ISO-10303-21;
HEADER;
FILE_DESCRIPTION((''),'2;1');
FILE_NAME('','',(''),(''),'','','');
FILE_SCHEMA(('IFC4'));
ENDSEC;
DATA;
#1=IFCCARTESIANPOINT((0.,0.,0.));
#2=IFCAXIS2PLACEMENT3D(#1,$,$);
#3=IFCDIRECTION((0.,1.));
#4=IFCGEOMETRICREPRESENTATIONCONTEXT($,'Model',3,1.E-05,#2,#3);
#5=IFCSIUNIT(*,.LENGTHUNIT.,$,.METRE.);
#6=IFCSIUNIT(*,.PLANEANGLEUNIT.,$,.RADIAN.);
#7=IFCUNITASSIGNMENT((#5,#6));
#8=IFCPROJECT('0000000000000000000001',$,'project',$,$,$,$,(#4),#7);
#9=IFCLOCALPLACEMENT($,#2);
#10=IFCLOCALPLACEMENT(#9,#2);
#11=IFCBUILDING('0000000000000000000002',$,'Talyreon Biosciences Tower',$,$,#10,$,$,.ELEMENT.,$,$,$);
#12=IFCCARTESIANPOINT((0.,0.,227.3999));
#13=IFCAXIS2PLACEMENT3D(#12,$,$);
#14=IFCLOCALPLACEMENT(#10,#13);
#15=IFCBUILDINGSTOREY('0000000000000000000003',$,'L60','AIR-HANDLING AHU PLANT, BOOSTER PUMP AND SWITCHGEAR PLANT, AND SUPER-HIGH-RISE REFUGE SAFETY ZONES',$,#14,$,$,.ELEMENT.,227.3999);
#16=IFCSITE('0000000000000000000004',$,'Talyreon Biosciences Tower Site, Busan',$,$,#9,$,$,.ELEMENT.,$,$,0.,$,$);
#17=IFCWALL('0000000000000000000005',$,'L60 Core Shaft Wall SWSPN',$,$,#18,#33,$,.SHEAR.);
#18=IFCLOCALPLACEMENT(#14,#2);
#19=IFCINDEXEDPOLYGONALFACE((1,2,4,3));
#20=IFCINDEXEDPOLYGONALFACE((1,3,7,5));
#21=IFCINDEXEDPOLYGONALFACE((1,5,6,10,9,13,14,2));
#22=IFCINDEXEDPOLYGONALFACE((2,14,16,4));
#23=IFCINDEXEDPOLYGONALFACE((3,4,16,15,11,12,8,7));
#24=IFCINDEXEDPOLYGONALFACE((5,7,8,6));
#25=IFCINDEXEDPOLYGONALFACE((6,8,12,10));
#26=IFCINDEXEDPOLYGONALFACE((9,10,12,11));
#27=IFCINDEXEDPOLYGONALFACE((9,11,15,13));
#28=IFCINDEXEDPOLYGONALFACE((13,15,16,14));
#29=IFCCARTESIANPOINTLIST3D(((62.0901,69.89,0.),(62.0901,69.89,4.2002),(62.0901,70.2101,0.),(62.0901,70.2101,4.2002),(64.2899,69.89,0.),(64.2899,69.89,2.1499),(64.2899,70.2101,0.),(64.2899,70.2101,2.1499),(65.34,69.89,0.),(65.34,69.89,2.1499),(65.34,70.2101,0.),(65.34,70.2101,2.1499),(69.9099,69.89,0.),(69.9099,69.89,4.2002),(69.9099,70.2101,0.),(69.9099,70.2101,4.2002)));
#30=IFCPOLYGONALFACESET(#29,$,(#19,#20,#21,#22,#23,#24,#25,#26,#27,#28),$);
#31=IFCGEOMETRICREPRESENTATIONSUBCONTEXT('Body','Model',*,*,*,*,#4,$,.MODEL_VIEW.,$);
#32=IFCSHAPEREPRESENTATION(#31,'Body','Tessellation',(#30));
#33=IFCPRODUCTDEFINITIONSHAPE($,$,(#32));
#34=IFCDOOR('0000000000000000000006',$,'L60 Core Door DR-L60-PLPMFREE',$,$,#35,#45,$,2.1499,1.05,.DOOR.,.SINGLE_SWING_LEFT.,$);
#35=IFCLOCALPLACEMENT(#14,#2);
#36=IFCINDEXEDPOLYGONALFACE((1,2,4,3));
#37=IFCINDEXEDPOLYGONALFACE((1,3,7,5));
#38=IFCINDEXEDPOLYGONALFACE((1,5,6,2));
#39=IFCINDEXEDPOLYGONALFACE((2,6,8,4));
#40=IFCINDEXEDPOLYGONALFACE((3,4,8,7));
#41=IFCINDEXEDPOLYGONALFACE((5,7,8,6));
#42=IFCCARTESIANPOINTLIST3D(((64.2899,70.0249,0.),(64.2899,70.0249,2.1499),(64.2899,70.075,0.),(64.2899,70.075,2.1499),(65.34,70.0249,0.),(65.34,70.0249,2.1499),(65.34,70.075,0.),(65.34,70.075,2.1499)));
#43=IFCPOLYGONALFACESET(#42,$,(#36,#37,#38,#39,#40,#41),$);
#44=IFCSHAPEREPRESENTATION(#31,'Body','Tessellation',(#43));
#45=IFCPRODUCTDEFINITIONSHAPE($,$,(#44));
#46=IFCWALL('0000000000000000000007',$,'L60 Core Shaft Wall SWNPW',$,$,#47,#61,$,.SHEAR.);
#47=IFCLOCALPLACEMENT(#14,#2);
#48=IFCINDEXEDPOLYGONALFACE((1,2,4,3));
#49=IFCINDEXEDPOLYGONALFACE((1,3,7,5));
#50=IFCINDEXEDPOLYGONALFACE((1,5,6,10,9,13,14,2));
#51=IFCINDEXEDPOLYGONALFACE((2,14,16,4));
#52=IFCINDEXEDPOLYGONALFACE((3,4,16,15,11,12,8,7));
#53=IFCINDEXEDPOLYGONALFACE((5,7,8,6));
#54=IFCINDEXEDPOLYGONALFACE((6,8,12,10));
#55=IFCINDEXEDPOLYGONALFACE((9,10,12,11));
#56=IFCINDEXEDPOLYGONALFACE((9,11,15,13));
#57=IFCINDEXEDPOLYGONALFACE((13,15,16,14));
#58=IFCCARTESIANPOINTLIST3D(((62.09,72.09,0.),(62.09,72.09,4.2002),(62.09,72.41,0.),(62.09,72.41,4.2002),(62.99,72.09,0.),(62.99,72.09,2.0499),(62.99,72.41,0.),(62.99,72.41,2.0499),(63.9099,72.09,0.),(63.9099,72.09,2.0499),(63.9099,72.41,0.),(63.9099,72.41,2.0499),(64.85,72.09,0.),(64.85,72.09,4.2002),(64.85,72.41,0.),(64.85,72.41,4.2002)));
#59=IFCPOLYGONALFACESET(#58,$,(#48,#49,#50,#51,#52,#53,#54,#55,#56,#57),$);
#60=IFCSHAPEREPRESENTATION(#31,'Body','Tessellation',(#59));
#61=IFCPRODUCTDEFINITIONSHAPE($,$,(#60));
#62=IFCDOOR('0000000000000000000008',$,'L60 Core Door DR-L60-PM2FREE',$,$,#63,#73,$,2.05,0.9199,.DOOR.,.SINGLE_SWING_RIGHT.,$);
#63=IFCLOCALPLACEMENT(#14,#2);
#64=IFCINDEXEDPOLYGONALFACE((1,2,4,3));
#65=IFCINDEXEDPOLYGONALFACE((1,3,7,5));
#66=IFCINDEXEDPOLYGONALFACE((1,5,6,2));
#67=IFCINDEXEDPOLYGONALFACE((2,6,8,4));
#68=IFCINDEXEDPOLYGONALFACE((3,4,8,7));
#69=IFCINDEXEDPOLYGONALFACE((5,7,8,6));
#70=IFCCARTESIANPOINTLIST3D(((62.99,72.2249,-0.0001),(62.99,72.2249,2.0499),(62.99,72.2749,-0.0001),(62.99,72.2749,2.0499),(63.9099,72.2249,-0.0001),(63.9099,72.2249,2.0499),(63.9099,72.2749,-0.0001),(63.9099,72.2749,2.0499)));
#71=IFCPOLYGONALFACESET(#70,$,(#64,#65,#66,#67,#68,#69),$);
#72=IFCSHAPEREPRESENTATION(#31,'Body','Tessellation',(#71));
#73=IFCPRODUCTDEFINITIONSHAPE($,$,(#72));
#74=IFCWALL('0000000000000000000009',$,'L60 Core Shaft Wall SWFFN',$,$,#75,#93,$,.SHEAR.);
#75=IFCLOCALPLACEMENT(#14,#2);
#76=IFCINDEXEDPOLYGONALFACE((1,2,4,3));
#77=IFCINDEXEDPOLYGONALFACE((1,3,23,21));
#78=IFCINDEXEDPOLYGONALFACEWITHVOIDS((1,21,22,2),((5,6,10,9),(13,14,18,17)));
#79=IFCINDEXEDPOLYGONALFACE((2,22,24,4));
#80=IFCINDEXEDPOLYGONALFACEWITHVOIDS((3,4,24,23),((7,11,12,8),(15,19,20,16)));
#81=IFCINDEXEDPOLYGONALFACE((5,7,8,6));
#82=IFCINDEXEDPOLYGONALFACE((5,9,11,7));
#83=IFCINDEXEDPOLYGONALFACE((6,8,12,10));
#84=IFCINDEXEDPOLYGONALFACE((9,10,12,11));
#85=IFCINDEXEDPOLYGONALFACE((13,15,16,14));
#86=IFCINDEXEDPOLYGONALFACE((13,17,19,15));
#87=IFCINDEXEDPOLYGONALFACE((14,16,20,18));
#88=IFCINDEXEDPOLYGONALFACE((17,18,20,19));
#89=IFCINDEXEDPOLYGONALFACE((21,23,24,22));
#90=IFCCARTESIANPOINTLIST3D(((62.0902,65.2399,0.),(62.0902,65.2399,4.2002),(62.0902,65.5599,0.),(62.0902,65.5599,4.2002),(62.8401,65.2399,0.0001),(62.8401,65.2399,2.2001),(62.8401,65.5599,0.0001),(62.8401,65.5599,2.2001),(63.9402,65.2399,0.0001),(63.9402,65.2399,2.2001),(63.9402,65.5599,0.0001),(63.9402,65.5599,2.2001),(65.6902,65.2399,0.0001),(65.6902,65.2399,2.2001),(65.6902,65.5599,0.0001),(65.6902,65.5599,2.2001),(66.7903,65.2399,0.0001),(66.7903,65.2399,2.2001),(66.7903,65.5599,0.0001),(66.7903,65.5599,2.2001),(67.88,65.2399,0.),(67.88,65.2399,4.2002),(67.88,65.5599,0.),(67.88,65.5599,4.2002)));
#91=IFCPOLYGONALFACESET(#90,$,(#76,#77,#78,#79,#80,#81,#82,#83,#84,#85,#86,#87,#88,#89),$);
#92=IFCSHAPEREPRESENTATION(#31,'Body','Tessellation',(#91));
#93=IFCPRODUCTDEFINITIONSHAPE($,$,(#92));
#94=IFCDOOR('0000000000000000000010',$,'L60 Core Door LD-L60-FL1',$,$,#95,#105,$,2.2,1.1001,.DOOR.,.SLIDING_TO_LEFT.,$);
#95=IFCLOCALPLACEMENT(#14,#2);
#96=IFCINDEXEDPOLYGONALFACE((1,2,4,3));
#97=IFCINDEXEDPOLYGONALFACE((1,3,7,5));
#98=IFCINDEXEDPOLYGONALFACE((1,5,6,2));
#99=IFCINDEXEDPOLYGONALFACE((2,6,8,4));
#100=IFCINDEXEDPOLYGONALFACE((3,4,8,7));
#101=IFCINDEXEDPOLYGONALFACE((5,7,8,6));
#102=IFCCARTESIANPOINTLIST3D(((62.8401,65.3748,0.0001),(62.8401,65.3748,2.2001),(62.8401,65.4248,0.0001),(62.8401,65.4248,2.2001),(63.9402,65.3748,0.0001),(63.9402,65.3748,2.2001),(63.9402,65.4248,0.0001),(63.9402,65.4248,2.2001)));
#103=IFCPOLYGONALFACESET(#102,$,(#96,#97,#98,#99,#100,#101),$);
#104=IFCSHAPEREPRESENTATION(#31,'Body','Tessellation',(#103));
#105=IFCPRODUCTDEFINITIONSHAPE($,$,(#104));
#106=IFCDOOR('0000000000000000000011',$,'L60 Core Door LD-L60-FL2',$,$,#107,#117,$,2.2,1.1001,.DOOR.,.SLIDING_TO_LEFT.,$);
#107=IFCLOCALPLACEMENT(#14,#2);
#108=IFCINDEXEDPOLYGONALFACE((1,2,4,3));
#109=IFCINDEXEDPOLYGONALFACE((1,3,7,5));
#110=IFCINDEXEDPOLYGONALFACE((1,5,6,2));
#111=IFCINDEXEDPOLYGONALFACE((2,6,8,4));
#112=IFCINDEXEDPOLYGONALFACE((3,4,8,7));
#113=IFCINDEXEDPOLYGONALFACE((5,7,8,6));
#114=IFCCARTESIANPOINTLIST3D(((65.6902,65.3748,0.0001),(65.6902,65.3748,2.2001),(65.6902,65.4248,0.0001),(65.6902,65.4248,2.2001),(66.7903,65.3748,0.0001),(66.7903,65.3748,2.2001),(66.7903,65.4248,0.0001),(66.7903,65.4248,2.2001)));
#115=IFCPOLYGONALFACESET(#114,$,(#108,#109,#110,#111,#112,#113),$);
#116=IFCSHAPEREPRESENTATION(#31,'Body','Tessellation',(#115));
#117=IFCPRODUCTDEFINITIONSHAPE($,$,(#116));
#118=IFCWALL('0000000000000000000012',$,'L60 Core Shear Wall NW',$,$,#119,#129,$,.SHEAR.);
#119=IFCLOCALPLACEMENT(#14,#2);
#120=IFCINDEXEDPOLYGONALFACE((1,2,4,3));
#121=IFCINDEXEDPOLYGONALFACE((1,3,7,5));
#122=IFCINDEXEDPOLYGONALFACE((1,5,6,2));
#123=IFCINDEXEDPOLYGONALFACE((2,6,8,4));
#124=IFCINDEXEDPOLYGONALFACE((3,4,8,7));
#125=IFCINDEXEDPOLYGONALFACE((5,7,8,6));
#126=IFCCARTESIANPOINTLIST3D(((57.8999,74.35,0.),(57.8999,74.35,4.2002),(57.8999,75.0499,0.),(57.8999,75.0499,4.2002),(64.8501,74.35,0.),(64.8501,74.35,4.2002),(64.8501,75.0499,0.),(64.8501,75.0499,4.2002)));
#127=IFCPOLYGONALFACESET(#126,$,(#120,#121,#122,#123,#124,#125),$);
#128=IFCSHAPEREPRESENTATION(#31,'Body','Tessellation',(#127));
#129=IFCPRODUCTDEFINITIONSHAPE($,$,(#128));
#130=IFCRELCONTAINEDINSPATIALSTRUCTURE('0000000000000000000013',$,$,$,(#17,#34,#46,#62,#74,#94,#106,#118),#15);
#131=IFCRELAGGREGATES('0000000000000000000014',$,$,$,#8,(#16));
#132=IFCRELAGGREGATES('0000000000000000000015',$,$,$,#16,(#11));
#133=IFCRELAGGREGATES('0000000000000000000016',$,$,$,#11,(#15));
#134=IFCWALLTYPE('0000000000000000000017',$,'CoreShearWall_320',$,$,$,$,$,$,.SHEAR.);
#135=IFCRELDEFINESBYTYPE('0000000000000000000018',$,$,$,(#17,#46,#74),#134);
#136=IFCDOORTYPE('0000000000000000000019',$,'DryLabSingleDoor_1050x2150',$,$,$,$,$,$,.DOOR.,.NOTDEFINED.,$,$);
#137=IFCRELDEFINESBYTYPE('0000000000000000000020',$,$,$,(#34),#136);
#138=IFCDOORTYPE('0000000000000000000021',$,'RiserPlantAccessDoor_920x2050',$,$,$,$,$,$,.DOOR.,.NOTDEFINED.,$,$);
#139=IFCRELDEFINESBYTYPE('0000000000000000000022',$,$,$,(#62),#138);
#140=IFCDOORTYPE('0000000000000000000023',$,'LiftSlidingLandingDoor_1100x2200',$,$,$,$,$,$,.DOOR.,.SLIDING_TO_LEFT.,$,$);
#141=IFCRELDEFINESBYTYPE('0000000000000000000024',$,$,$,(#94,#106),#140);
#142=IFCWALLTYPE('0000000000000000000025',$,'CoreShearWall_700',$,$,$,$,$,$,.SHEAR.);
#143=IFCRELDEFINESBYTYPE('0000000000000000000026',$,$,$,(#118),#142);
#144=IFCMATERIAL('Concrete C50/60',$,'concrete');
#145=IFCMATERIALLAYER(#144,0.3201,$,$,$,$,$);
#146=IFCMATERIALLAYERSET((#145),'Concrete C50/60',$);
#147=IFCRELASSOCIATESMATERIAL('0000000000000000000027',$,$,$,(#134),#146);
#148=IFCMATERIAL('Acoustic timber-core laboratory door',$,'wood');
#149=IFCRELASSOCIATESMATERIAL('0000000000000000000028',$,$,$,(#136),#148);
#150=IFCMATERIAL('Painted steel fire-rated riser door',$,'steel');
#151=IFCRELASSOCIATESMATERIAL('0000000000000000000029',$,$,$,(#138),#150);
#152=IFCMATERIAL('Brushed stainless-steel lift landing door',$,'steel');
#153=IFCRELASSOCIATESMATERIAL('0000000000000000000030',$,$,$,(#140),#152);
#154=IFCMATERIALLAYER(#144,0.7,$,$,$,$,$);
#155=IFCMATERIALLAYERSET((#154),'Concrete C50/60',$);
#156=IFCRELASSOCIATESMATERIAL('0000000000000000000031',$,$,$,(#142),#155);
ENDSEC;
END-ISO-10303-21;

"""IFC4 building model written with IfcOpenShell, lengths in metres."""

from ifc_helpers import new_model, si_unit, direction, frame, frame_2d, origin, place, context, subcontext, project, spatial, rectangle, extrude, material, layer, layer_set, type_object, element, fill, save


model = new_model("IFC4")

# Units and contexts
model_context = context("Model", 3, precision=1e-05, world=origin(), true_north=direction((0.0, 1.0)))
body_context = subcontext(model_context, "Body", "Model", "MODEL_VIEW")
ifc_project = project(units=[si_unit("LENGTHUNIT", "METRE"), si_unit("PLANEANGLEUNIT", "RADIAN")], contexts=[model_context])

# Site, building, storey
site_placement = place(None, origin())
site = spatial("IfcSite", under=ifc_project, at=site_placement, Name="Talyreon Biosciences Tower Site, Busan", CompositionType="ELEMENT", RefElevation=0.0)
building_placement = place(site_placement, origin())
building = spatial("IfcBuilding", under=site, at=building_placement, Name="Talyreon Biosciences Tower", CompositionType="ELEMENT")
storey_placement = place(building_placement, frame((0.0, 0.0, 227.3999)))
storey = spatial("IfcBuildingStorey", under=building, at=storey_placement, Name="L60", Description="AIR-HANDLING AHU PLANT, BOOSTER PUMP AND SWITCHGEAR PLANT, AND SUPER-HIGH-RISE REFUGE SAFETY ZONES", CompositionType="ELEMENT", Elevation=227.3999)

# Shared definitions
ifc_material_1 = material(Name="Concrete C50/60", Category="concrete")

# Shared definitions
ifc_layer_1 = layer(ifc_material_1, 0.3201)
ifc_layer_set_1 = layer_set([ifc_layer_1], Name="Concrete C50/60")
wall_type_1 = type_object("IfcWallType", Name="CoreShearWall_320", PredefinedType="SHEAR", material=ifc_layer_set_1)

# Walls, openings, doors
wall_1_placement = place(storey_placement, frame((62.0901, 70.05, 0.0), z_axis=(0.0, 0.0, 1.0), x_axis=(1.0, 0.0, 0.0)))
wall_1 = element("IfcWall", 1, at=wall_1_placement, inside=storey, type_object=wall_type_1, Name="L60 Core Shaft Wall SWSPN", PredefinedType="SHEAR", context=body_context, shape_type="SweptSolid", body=[
    extrude(rectangle(XDim=7.8198, YDim=0.3201, at=frame_2d((3.9099, 0.0))), origin(), (0.0, 0.0, 1.0), 4.2002),
])
opening_1_placement = place(wall_1_placement, frame((2.2, 0.0, 0.0)))
opening_1 = element("IfcOpeningElement", 2, at=opening_1_placement, cuts=wall_1, PredefinedType="OPENING", context=body_context, shape_type="SweptSolid", body=[
    extrude(rectangle(XDim=1.05, YDim=2.1499, at=frame_2d((0.5249, 1.075))), frame((0.0, 0.1699, 0.0), z_axis=(0.0, -1.0, 0.0), x_axis=(1.0, 0.0, 0.0)), (0.0, 0.0, 1.0), 0.3401),
])
ifc_material_2 = material(Name="Acoustic timber-core laboratory door", Category="wood")
door_type_1 = type_object("IfcDoorType", Name="DryLabSingleDoor_1050x2150", OperationType="NOTDEFINED", PredefinedType="DOOR", material=ifc_material_2)
door_1_placement = place(opening_1_placement, origin())
door_1 = element("IfcDoor", 3, at=door_1_placement, inside=storey, type_object=door_type_1, Name="L60 Core Door DR-L60-PLPMFREE", OperationType="SINGLE_SWING_LEFT", OverallHeight=2.1499, OverallWidth=1.05, PredefinedType="DOOR", context=body_context, shape_type="SweptSolid", body=[
    extrude(rectangle(XDim=1.05, YDim=2.1499, at=frame_2d((0.5249, 1.075))), frame((0.0, 0.0249, 0.0), z_axis=(0.0, -1.0, 0.0), x_axis=(1.0, 0.0, 0.0)), (0.0, 0.0, 1.0), 0.05),
])
fill(opening_1, door_1)
wall_2_placement = place(storey_placement, frame((62.0901, 72.25, 0.0), z_axis=(0.0, 0.0, 1.0), x_axis=(1.0, 0.0, 0.0)))
wall_2 = element("IfcWall", 4, at=wall_2_placement, inside=storey, type_object=wall_type_1, Name="L60 Core Shaft Wall SWNPW", PredefinedType="SHEAR", context=body_context, shape_type="SweptSolid", body=[
    extrude(rectangle(XDim=2.76, YDim=0.3201, at=frame_2d((1.3799, 0.0))), origin(), (0.0, 0.0, 1.0), 4.2002),
])
opening_2_placement = place(wall_2_placement, frame((0.8999, 0.0, 0.0)))
opening_2 = element("IfcOpeningElement", 5, at=opening_2_placement, cuts=wall_2, PredefinedType="OPENING", context=body_context, shape_type="SweptSolid", body=[
    extrude(rectangle(XDim=0.9199, YDim=2.05, at=frame_2d((0.46, 1.0249))), frame((0.0, 0.1699, 0.0), z_axis=(0.0, -1.0, 0.0), x_axis=(1.0, 0.0, 0.0)), (0.0, 0.0, 1.0), 0.3401),
])
ifc_material_3 = material(Name="Painted steel fire-rated riser door", Category="steel")
door_type_2 = type_object("IfcDoorType", Name="RiserPlantAccessDoor_920x2050", OperationType="NOTDEFINED", PredefinedType="DOOR", material=ifc_material_3)
door_2_placement = place(opening_2_placement, origin())
door_2 = element("IfcDoor", 6, at=door_2_placement, inside=storey, type_object=door_type_2, Name="L60 Core Door DR-L60-PM2FREE", OperationType="SINGLE_SWING_RIGHT", OverallHeight=2.05, OverallWidth=0.9199, PredefinedType="DOOR", context=body_context, shape_type="SweptSolid", body=[
    extrude(rectangle(XDim=0.9199, YDim=2.05, at=frame_2d((0.46, 1.0249))), frame((0.0, 0.0249, 0.0), z_axis=(0.0, -1.0, 0.0), x_axis=(1.0, 0.0, 0.0)), (0.0, 0.0, 1.0), 0.05),
])
fill(opening_2, door_2)

# Wall, openings, doors
wall_3_placement = place(storey_placement, frame((62.0901, 65.3999, 0.0), z_axis=(0.0, 0.0, 1.0), x_axis=(1.0, 0.0, 0.0)))
wall_3 = element("IfcWall", 7, at=wall_3_placement, inside=storey, type_object=wall_type_1, Name="L60 Core Shaft Wall SWFFN", PredefinedType="SHEAR", context=body_context, shape_type="SweptSolid", body=[
    extrude(rectangle(XDim=5.7898, YDim=0.3201, at=frame_2d((2.895, 0.0))), origin(), (0.0, 0.0, 1.0), 4.2002),
])
opening_3_placement = place(wall_3_placement, frame((0.75, 0.0, 0.0)))
opening_3 = element("IfcOpeningElement", 8, at=opening_3_placement, cuts=wall_3, PredefinedType="OPENING", context=body_context, shape_type="SweptSolid", body=[
    extrude(rectangle(XDim=1.1001, YDim=2.2, at=frame_2d((0.55, 1.1001))), frame((0.0, 0.1699, 0.0), z_axis=(0.0, -1.0, 0.0), x_axis=(1.0, 0.0, 0.0)), (0.0, 0.0, 1.0), 0.3401),
])
opening_4_placement = place(wall_3_placement, frame((3.6001, 0.0, 0.0)))
opening_4 = element("IfcOpeningElement", 9, at=opening_4_placement, cuts=wall_3, PredefinedType="OPENING", context=body_context, shape_type="SweptSolid", body=[
    extrude(rectangle(XDim=1.1001, YDim=2.2, at=frame_2d((0.55, 1.1001))), frame((0.0, 0.1699, 0.0), z_axis=(0.0, -1.0, 0.0), x_axis=(1.0, 0.0, 0.0)), (0.0, 0.0, 1.0), 0.3401),
])
ifc_material_4 = material(Name="Brushed stainless-steel lift landing door", Category="steel")
door_type_3 = type_object("IfcDoorType", Name="LiftSlidingLandingDoor_1100x2200", OperationType="SLIDING_TO_LEFT", PredefinedType="DOOR", material=ifc_material_4)
door_3_placement = place(opening_3_placement, origin())
door_3 = element("IfcDoor", 10, at=door_3_placement, inside=storey, type_object=door_type_3, Name="L60 Core Door LD-L60-FL1", OperationType="SLIDING_TO_LEFT", OverallHeight=2.2, OverallWidth=1.1001, PredefinedType="DOOR", context=body_context, shape_type="SweptSolid", body=[
    extrude(rectangle(XDim=1.1001, YDim=2.2, at=frame_2d((0.55, 1.1001))), frame((0.0, 0.0249, 0.0), z_axis=(0.0, -1.0, 0.0), x_axis=(1.0, 0.0, 0.0)), (0.0, 0.0, 1.0), 0.05),
])
fill(opening_3, door_3)
door_4_placement = place(opening_4_placement, origin())
door_4 = element("IfcDoor", 11, at=door_4_placement, inside=storey, type_object=door_type_3, Name="L60 Core Door LD-L60-FL2", OperationType="SLIDING_TO_LEFT", OverallHeight=2.2, OverallWidth=1.1001, PredefinedType="DOOR", context=body_context, shape_type="SweptSolid", body=[
    extrude(rectangle(XDim=1.1001, YDim=2.2, at=frame_2d((0.55, 1.1001))), frame((0.0, 0.0249, 0.0), z_axis=(0.0, -1.0, 0.0), x_axis=(1.0, 0.0, 0.0)), (0.0, 0.0, 1.0), 0.05),
])
fill(opening_4, door_4)

# Wall
ifc_layer_2 = layer(ifc_material_1, 0.7)
ifc_layer_set_2 = layer_set([ifc_layer_2], Name="Concrete C50/60")
wall_type_2 = type_object("IfcWallType", Name="CoreShearWall_700", PredefinedType="SHEAR", material=ifc_layer_set_2)
wall_4_placement = place(storey_placement, frame((64.8501, 74.7, 0.0), z_axis=(0.0, 0.0, 1.0), x_axis=(-1.0, 0.0, 0.0)))
element("IfcWall", 12, at=wall_4_placement, inside=storey, type_object=wall_type_2, Name="L60 Core Shear Wall NW", PredefinedType="SHEAR", context=body_context, shape_type="SweptSolid", body=[
    extrude(rectangle(XDim=6.9502, YDim=0.7, at=frame_2d((3.4751, 0.0))), origin(), (0.0, 0.0, 1.0), 4.2002),
])

save(model, "model.ifc")
